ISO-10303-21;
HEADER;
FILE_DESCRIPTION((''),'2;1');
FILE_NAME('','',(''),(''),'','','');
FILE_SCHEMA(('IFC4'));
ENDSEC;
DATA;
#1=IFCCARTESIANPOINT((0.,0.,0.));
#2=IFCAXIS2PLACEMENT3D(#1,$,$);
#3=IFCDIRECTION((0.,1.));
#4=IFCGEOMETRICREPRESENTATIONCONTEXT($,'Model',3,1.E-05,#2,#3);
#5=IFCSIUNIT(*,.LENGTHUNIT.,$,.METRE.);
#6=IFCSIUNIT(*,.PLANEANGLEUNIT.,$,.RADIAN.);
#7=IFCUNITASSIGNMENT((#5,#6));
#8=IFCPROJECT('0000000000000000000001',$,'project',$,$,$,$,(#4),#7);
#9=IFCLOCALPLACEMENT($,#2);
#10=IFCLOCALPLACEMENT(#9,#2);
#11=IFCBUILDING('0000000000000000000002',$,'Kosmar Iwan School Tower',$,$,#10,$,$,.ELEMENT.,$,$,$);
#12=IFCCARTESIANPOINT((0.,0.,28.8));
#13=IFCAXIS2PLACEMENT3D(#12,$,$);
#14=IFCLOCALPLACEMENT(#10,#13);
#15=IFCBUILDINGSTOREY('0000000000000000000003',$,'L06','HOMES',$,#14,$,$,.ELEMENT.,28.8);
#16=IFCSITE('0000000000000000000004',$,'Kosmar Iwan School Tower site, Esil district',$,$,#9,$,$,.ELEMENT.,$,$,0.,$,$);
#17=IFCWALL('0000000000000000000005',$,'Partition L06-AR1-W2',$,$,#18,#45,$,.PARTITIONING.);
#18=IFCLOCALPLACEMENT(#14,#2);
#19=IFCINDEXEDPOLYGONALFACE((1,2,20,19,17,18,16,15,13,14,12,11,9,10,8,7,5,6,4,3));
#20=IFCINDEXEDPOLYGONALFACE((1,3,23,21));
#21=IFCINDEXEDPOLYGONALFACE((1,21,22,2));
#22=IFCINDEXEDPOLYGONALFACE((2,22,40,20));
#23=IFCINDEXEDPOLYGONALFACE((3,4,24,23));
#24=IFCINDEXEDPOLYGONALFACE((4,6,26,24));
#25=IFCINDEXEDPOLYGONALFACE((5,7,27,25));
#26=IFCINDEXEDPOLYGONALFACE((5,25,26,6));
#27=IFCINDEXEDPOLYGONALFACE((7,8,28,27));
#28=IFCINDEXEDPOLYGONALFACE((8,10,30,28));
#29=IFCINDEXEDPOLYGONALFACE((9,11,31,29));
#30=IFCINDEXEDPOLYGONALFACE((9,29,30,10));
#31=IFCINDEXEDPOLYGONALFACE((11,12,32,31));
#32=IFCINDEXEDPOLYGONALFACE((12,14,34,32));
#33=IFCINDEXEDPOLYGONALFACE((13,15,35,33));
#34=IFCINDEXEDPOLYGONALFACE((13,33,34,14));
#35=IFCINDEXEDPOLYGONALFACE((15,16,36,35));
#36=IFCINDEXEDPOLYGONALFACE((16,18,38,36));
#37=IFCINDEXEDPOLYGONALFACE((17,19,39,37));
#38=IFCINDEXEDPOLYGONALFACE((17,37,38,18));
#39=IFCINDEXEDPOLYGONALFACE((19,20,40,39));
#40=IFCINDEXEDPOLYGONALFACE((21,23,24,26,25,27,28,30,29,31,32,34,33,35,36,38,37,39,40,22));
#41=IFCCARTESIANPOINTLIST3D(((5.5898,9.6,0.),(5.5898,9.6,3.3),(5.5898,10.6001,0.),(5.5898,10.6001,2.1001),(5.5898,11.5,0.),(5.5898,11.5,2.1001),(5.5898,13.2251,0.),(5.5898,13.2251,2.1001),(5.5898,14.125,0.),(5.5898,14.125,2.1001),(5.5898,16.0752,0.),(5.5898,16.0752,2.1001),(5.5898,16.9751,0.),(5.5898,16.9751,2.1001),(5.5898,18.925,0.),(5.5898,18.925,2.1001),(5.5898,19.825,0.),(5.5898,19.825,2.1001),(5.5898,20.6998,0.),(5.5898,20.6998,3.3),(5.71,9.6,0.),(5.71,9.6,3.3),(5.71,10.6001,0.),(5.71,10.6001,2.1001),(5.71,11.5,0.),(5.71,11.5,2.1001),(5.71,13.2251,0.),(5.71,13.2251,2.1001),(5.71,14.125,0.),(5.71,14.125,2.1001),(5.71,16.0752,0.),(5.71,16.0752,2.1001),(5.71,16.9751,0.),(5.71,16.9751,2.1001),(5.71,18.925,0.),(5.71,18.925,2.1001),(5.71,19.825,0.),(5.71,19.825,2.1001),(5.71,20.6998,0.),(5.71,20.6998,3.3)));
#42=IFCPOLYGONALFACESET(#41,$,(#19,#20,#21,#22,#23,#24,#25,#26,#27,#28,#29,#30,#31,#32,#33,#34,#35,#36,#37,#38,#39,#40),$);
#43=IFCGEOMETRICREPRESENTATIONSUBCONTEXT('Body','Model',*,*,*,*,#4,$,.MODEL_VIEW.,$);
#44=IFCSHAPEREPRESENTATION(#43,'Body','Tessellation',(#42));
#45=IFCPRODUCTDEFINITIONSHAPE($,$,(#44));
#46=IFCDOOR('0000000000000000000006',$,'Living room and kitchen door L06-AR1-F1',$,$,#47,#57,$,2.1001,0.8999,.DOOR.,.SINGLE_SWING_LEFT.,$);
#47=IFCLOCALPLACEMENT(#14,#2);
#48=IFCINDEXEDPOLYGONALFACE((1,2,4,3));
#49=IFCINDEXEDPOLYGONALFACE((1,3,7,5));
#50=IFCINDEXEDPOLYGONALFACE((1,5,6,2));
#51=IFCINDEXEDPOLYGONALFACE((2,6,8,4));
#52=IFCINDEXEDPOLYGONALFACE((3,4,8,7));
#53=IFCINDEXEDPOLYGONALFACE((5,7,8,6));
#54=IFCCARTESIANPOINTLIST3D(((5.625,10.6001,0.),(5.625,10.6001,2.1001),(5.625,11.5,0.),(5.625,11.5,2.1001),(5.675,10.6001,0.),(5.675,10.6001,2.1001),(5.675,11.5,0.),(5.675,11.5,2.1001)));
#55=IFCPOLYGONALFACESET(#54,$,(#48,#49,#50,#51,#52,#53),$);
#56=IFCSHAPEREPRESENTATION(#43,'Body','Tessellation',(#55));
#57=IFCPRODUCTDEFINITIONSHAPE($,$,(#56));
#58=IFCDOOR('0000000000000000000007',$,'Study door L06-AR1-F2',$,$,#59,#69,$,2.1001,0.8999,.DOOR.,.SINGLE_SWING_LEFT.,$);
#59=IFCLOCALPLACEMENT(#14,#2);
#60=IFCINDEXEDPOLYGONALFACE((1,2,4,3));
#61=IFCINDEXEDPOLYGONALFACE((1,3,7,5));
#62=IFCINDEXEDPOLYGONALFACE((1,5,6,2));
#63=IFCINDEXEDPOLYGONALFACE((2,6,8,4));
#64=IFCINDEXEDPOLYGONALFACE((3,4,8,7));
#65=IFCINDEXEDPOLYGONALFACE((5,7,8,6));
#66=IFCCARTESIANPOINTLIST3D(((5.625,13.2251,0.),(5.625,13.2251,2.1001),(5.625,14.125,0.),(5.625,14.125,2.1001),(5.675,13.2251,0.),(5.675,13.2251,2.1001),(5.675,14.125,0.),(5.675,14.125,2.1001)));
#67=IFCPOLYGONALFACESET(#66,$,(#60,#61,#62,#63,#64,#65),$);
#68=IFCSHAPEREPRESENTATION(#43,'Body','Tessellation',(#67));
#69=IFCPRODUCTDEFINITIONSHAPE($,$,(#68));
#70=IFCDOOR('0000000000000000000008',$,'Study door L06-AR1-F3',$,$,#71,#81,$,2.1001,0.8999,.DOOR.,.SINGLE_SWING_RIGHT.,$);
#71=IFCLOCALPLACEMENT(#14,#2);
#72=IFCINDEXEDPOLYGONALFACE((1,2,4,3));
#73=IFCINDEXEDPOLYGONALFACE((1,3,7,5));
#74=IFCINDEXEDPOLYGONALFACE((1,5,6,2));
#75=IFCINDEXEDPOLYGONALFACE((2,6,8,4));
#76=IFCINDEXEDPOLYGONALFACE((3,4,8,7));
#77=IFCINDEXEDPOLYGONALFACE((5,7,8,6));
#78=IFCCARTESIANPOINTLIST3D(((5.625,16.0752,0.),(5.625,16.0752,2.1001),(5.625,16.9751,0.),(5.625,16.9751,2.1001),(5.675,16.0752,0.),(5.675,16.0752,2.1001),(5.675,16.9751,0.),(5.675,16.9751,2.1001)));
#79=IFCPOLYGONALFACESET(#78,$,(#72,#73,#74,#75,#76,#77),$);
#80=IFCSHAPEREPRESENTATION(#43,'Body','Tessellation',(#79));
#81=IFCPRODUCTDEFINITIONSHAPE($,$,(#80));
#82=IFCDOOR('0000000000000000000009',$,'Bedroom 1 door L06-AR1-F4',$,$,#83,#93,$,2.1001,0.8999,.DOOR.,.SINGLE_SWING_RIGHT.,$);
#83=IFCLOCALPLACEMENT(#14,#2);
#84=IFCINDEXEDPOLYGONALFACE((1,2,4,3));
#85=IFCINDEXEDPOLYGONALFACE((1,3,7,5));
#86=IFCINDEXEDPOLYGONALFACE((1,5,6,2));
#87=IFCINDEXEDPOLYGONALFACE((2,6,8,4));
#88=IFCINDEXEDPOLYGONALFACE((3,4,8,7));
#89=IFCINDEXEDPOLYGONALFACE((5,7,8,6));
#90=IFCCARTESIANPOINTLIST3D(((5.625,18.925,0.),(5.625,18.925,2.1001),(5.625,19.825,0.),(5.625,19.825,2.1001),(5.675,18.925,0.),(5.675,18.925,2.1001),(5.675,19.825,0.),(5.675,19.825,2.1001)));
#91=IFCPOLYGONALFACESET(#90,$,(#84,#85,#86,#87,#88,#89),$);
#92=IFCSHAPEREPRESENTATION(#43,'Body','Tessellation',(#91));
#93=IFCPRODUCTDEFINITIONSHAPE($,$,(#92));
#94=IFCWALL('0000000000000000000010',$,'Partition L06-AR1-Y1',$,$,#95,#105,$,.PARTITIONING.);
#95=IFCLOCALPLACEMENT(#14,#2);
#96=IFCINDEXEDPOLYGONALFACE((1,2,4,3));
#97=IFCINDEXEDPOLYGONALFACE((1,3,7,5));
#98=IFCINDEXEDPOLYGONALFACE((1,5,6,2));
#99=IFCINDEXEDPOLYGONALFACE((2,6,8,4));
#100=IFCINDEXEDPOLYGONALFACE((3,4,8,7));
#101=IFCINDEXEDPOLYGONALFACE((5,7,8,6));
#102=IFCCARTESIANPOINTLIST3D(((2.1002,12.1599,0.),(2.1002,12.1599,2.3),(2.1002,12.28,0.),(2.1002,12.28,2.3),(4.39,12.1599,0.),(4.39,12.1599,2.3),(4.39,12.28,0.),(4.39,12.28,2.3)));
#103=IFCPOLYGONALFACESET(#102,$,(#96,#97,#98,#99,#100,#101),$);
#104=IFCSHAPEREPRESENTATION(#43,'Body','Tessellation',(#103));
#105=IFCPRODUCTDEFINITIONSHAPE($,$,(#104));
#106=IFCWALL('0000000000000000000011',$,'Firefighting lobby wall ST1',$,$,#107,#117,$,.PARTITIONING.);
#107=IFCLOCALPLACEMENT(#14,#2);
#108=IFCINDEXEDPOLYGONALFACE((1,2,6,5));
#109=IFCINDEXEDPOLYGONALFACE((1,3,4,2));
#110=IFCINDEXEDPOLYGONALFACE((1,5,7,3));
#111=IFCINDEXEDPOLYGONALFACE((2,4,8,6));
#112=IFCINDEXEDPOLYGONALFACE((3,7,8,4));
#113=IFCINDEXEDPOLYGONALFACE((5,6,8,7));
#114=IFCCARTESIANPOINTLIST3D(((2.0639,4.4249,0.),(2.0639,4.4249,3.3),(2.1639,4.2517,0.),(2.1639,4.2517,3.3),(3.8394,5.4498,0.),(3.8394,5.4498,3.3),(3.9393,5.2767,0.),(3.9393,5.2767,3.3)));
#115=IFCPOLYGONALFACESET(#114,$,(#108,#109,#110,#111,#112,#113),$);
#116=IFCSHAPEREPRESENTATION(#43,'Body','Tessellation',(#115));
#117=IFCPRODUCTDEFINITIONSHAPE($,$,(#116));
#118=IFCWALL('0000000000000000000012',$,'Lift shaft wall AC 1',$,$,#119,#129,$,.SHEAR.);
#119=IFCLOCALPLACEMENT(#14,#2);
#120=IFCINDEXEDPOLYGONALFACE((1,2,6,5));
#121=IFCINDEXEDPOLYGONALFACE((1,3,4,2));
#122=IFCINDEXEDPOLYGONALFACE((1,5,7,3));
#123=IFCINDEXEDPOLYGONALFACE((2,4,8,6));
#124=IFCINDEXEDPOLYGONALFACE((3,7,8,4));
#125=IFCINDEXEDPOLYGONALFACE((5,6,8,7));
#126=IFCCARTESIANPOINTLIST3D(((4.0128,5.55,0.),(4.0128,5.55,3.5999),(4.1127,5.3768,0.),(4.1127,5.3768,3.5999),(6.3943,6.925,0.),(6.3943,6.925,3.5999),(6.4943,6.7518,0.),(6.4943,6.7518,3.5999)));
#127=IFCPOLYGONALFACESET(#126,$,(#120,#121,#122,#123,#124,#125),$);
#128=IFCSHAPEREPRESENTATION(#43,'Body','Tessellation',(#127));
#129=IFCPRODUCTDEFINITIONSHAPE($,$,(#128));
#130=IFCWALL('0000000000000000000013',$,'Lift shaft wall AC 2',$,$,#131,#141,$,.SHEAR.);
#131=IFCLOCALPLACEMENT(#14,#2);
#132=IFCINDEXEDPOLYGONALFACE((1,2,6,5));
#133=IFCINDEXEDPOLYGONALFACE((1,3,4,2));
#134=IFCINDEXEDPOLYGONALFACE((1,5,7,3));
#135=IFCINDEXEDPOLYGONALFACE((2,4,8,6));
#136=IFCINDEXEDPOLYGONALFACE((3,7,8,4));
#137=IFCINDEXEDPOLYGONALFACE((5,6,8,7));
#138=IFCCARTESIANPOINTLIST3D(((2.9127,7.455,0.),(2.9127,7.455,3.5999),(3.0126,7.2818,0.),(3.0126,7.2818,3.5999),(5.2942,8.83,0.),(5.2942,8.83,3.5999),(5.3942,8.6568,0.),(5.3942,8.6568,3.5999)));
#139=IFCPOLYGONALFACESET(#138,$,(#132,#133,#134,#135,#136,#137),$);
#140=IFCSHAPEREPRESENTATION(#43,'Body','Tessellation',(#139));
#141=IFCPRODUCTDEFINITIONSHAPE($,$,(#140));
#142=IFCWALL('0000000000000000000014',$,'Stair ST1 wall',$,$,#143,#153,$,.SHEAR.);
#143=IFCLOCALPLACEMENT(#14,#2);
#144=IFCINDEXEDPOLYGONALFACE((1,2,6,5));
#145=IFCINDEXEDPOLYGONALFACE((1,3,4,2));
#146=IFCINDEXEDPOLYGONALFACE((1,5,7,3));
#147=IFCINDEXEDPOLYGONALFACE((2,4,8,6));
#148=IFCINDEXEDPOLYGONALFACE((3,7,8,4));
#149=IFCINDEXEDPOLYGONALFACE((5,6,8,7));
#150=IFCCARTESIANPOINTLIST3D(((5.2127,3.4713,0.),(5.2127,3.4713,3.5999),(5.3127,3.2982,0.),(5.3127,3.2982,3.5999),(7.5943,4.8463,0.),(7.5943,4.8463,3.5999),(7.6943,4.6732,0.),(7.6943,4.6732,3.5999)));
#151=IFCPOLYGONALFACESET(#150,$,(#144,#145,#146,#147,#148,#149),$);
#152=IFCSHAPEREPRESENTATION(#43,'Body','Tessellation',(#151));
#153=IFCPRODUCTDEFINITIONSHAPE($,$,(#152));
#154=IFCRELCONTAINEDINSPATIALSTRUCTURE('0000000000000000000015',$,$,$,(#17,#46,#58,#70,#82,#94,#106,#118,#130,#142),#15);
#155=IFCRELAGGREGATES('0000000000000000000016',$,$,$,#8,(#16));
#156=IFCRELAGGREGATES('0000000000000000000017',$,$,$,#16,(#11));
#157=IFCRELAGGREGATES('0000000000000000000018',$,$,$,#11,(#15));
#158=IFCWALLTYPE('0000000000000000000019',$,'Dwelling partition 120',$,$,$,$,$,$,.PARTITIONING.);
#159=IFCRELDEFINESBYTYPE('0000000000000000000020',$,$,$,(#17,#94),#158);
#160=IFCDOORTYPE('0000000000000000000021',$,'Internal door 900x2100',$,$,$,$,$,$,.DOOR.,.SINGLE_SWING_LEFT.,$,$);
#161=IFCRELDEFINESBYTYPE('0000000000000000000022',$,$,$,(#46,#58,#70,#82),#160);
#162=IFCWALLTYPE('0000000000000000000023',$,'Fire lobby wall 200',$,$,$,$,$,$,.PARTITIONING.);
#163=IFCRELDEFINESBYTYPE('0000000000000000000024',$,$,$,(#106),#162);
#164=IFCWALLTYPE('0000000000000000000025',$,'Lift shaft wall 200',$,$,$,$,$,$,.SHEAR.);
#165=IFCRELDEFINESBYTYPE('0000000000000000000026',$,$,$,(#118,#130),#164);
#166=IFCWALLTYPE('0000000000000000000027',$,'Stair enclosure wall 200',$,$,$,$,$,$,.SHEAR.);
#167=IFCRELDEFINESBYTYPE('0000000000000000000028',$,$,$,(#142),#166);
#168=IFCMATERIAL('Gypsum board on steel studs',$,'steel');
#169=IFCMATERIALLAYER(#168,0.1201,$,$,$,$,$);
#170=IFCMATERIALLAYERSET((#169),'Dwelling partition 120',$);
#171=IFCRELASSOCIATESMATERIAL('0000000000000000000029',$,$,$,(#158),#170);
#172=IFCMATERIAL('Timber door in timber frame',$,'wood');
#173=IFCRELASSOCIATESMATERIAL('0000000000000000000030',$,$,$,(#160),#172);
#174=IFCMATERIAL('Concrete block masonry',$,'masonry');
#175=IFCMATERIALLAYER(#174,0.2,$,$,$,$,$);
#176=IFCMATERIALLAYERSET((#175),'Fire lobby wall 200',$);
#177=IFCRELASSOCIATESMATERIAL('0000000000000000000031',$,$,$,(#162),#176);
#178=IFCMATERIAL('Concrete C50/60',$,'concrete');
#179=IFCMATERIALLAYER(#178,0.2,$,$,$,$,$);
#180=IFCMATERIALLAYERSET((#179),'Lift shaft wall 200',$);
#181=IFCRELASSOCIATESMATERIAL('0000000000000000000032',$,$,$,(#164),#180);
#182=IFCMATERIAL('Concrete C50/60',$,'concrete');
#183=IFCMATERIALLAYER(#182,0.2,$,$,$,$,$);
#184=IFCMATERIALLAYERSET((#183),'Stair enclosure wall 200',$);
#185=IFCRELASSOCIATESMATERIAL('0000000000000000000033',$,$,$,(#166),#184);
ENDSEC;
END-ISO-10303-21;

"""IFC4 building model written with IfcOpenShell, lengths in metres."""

from ifc_helpers import new_model, si_unit, direction, frame, frame_2d, origin, place, context, subcontext, project, spatial, rectangle, extrude, material, layer, layer_set, type_object, element, fill, save


model = new_model("IFC4")

# Units and contexts
model_context = context("Model", 3, precision=1e-05, world=origin(), true_north=direction((0.0, 1.0)))
body_context = subcontext(model_context, "Body", "Model", "MODEL_VIEW")
ifc_project = project(units=[si_unit("LENGTHUNIT", "METRE"), si_unit("PLANEANGLEUNIT", "RADIAN")], contexts=[model_context])

# Site, building, storey
site_placement = place(None, origin())
site = spatial("IfcSite", under=ifc_project, at=site_placement, Name="Kosmar Iwan School Tower site, Esil district", CompositionType="ELEMENT", RefElevation=0.0)
building_placement = place(site_placement, origin())
building = spatial("IfcBuilding", under=site, at=building_placement, Name="Kosmar Iwan School Tower", CompositionType="ELEMENT")
storey_placement = place(building_placement, frame((0.0, 0.0, 28.8)))
storey = spatial("IfcBuildingStorey", under=building, at=storey_placement, Name="L06", Description="HOMES", CompositionType="ELEMENT", Elevation=28.8)

# Wall, openings, doors
ifc_material_1 = material(Name="Gypsum board on steel studs", Category="steel")
ifc_layer_1 = layer(ifc_material_1, 0.1201)
ifc_layer_set_1 = layer_set([ifc_layer_1], Name="Dwelling partition 120")
wall_type_1 = type_object("IfcWallType", Name="Dwelling partition 120", PredefinedType="PARTITIONING", material=ifc_layer_set_1)
ifc_material_2 = material(Name="Timber door in timber frame", Category="wood")
door_type_1 = type_object("IfcDoorType", Name="Internal door 900x2100", OperationType="SINGLE_SWING_LEFT", PredefinedType="DOOR", material=ifc_material_2)
wall_1_placement = place(storey_placement, frame((5.6499, 9.6001, 0.0), z_axis=(0.0, 0.0, 1.0), x_axis=(0.0, 1.0, 0.0)))
wall_1 = element("IfcWall", 1, at=wall_1_placement, inside=storey, type_object=wall_type_1, Name="Partition L06-AR1-W2", PredefinedType="PARTITIONING", context=body_context, shape_type="SweptSolid", body=[
    extrude(rectangle(XDim=11.0999, YDim=0.1201, at=frame_2d((5.5498, 0.0))), origin(), (0.0, 0.0, 1.0), 3.3),
])
opening_1_placement = place(wall_1_placement, frame((1.0, 0.0, 0.0)))
opening_1 = element("IfcOpeningElement", 2, at=opening_1_placement, cuts=wall_1, PredefinedType="OPENING", context=body_context, shape_type="SweptSolid", body=[
    extrude(rectangle(XDim=0.8999, YDim=2.1001, at=frame_2d((0.45, 1.05))), frame((0.0, 0.072, 0.0), z_axis=(0.0, -1.0, 0.0), x_axis=(1.0, 0.0, 0.0)), (0.0, 0.0, 1.0), 0.144),
])
opening_2_placement = place(wall_1_placement, frame((3.625, 0.0, 0.0)))
opening_2 = element("IfcOpeningElement", 3, at=opening_2_placement, cuts=wall_1, PredefinedType="OPENING", context=body_context, shape_type="SweptSolid", body=[
    extrude(rectangle(XDim=0.8999, YDim=2.1001, at=frame_2d((0.45, 1.05))), frame((0.0, 0.072, 0.0), z_axis=(0.0, -1.0, 0.0), x_axis=(1.0, 0.0, 0.0)), (0.0, 0.0, 1.0), 0.144),
])
opening_3_placement = place(wall_1_placement, frame((6.4751, 0.0, 0.0)))
opening_3 = element("IfcOpeningElement", 4, at=opening_3_placement, cuts=wall_1, PredefinedType="OPENING", context=body_context, shape_type="SweptSolid", body=[
    extrude(rectangle(XDim=0.8999, YDim=2.1001, at=frame_2d((0.45, 1.05))), frame((0.0, 0.072, 0.0), z_axis=(0.0, -1.0, 0.0), x_axis=(1.0, 0.0, 0.0)), (0.0, 0.0, 1.0), 0.144),
])
opening_4_placement = place(wall_1_placement, frame((9.325, 0.0, 0.0)))
opening_4 = element("IfcOpeningElement", 5, at=opening_4_placement, cuts=wall_1, PredefinedType="OPENING", context=body_context, shape_type="SweptSolid", body=[
    extrude(rectangle(XDim=0.8999, YDim=2.1001, at=frame_2d((0.45, 1.05))), frame((0.0, 0.072, 0.0), z_axis=(0.0, -1.0, 0.0), x_axis=(1.0, 0.0, 0.0)), (0.0, 0.0, 1.0), 0.144),
])
door_1_placement = place(opening_1_placement, origin())
door_1 = element("IfcDoor", 6, at=door_1_placement, inside=storey, type_object=door_type_1, Name="Living room and kitchen door L06-AR1-F1", OperationType="SINGLE_SWING_LEFT", OverallHeight=2.1001, OverallWidth=0.8999, PredefinedType="DOOR", context=body_context, shape_type="SweptSolid", body=[
    extrude(rectangle(XDim=0.8999, YDim=2.1001, at=frame_2d((0.45, 1.05))), frame((0.0, 0.0249, 0.0), z_axis=(0.0, -1.0, 0.0), x_axis=(1.0, 0.0, 0.0)), (0.0, 0.0, 1.0), 0.05),
])
fill(opening_1, door_1)
door_2_placement = place(opening_2_placement, origin())
door_2 = element("IfcDoor", 7, at=door_2_placement, inside=storey, type_object=door_type_1, Name="Study door L06-AR1-F2", OperationType="SINGLE_SWING_LEFT", OverallHeight=2.1001, OverallWidth=0.8999, PredefinedType="DOOR", context=body_context, shape_type="SweptSolid", body=[
    extrude(rectangle(XDim=0.8999, YDim=2.1001, at=frame_2d((0.45, 1.05))), frame((0.0, 0.0249, 0.0), z_axis=(0.0, -1.0, 0.0), x_axis=(1.0, 0.0, 0.0)), (0.0, 0.0, 1.0), 0.05),
])
fill(opening_2, door_2)
door_3_placement = place(opening_3_placement, origin())
door_3 = element("IfcDoor", 8, at=door_3_placement, inside=storey, type_object=door_type_1, Name="Study door L06-AR1-F3", OperationType="SINGLE_SWING_RIGHT", OverallHeight=2.1001, OverallWidth=0.8999, PredefinedType="DOOR", context=body_context, shape_type="SweptSolid", body=[
    extrude(rectangle(XDim=0.8999, YDim=2.1001, at=frame_2d((0.45, 1.05))), frame((0.0, 0.0249, 0.0), z_axis=(0.0, -1.0, 0.0), x_axis=(1.0, 0.0, 0.0)), (0.0, 0.0, 1.0), 0.05),
])
fill(opening_3, door_3)
door_4_placement = place(opening_4_placement, origin())
door_4 = element("IfcDoor", 9, at=door_4_placement, inside=storey, type_object=door_type_1, Name="Bedroom 1 door L06-AR1-F4", OperationType="SINGLE_SWING_RIGHT", OverallHeight=2.1001, OverallWidth=0.8999, PredefinedType="DOOR", context=body_context, shape_type="SweptSolid", body=[
    extrude(rectangle(XDim=0.8999, YDim=2.1001, at=frame_2d((0.45, 1.05))), frame((0.0, 0.0249, 0.0), z_axis=(0.0, -1.0, 0.0), x_axis=(1.0, 0.0, 0.0)), (0.0, 0.0, 1.0), 0.05),
])
fill(opening_4, door_4)

# Walls
wall_2_placement = place(storey_placement, frame((2.1001, 12.22, 0.0), z_axis=(0.0, 0.0, 1.0), x_axis=(1.0, 0.0, 0.0)))
element("IfcWall", 10, at=wall_2_placement, inside=storey, type_object=wall_type_1, Name="Partition L06-AR1-Y1", PredefinedType="PARTITIONING", context=body_context, shape_type="SweptSolid", body=[
    extrude(rectangle(XDim=2.2898, YDim=0.1201, at=frame_2d((1.145, 0.0))), origin(), (0.0, 0.0, 1.0), 2.3),
])
ifc_material_3 = material(Name="Concrete block masonry", Category="masonry")
ifc_layer_2 = layer(ifc_material_3, 0.2)
ifc_layer_set_2 = layer_set([ifc_layer_2], Name="Fire lobby wall 200")
wall_type_2 = type_object("IfcWallType", Name="Fire lobby wall 200", PredefinedType="PARTITIONING", material=ifc_layer_set_2)
wall_3_placement = place(storey_placement, frame((2.114, 4.3384, 0.0), z_axis=(0.0, 0.0, 1.0), x_axis=(0.866051, 0.499956, 0.0)))
element("IfcWall", 11, at=wall_3_placement, inside=storey, type_object=wall_type_2, Name="Firefighting lobby wall ST1", PredefinedType="PARTITIONING", context=body_context, shape_type="SweptSolid", body=[
    extrude(rectangle(XDim=2.05, YDim=0.2, at=frame_2d((1.0249, 0.0))), origin(), (0.0, 0.0, 1.0), 3.3),
])
ifc_material_4 = material(Name="Concrete C50/60", Category="concrete")
ifc_layer_3 = layer(ifc_material_4, 0.2)
ifc_layer_set_3 = layer_set([ifc_layer_3], Name="Lift shaft wall 200")
wall_type_3 = type_object("IfcWallType", Name="Lift shaft wall 200", PredefinedType="SHEAR", material=ifc_layer_set_3)
for number, where, z_axis, x_axis, name in (
    (12, (4.0627, 5.4634, 0.0), (0.0, 0.0, 1.0), (0.866027, 0.499997, 0.0), "Lift shaft wall AC 1"),
    (13, (2.9626, 7.3684, 0.0), (0.0, 0.0, 1.0), (0.866027, 0.499997, 0.0), "Lift shaft wall AC 2"),
):
    element("IfcWall", number, at=place(storey_placement, frame(where, z_axis=z_axis, x_axis=x_axis)), inside=storey, type_object=wall_type_3, Name=name, PredefinedType="SHEAR", context=body_context, shape_type="SweptSolid", body=[
        extrude(rectangle(XDim=2.75, YDim=0.2, at=frame_2d((1.375, 0.0))), origin(), (0.0, 0.0, 1.0), 3.5999),
    ])
ifc_material_5 = material(Name="Concrete C50/60", Category="concrete")
ifc_layer_4 = layer(ifc_material_5, 0.2)
ifc_layer_set_4 = layer_set([ifc_layer_4], Name="Stair enclosure wall 200")
wall_type_4 = type_object("IfcWallType", Name="Stair enclosure wall 200", PredefinedType="SHEAR", material=ifc_layer_set_4)
wall_4_placement = place(storey_placement, frame((5.2627, 3.3848, 0.0), z_axis=(0.0, 0.0, 1.0), x_axis=(0.866027, 0.499997, 0.0)))
element("IfcWall", 14, at=wall_4_placement, inside=storey, type_object=wall_type_4, Name="Stair ST1 wall", PredefinedType="SHEAR", context=body_context, shape_type="SweptSolid", body=[
    extrude(rectangle(XDim=2.75, YDim=0.2, at=frame_2d((1.375, 0.0))), origin(), (0.0, 0.0, 1.0), 3.5999),
])

save(model, "model.ifc")
